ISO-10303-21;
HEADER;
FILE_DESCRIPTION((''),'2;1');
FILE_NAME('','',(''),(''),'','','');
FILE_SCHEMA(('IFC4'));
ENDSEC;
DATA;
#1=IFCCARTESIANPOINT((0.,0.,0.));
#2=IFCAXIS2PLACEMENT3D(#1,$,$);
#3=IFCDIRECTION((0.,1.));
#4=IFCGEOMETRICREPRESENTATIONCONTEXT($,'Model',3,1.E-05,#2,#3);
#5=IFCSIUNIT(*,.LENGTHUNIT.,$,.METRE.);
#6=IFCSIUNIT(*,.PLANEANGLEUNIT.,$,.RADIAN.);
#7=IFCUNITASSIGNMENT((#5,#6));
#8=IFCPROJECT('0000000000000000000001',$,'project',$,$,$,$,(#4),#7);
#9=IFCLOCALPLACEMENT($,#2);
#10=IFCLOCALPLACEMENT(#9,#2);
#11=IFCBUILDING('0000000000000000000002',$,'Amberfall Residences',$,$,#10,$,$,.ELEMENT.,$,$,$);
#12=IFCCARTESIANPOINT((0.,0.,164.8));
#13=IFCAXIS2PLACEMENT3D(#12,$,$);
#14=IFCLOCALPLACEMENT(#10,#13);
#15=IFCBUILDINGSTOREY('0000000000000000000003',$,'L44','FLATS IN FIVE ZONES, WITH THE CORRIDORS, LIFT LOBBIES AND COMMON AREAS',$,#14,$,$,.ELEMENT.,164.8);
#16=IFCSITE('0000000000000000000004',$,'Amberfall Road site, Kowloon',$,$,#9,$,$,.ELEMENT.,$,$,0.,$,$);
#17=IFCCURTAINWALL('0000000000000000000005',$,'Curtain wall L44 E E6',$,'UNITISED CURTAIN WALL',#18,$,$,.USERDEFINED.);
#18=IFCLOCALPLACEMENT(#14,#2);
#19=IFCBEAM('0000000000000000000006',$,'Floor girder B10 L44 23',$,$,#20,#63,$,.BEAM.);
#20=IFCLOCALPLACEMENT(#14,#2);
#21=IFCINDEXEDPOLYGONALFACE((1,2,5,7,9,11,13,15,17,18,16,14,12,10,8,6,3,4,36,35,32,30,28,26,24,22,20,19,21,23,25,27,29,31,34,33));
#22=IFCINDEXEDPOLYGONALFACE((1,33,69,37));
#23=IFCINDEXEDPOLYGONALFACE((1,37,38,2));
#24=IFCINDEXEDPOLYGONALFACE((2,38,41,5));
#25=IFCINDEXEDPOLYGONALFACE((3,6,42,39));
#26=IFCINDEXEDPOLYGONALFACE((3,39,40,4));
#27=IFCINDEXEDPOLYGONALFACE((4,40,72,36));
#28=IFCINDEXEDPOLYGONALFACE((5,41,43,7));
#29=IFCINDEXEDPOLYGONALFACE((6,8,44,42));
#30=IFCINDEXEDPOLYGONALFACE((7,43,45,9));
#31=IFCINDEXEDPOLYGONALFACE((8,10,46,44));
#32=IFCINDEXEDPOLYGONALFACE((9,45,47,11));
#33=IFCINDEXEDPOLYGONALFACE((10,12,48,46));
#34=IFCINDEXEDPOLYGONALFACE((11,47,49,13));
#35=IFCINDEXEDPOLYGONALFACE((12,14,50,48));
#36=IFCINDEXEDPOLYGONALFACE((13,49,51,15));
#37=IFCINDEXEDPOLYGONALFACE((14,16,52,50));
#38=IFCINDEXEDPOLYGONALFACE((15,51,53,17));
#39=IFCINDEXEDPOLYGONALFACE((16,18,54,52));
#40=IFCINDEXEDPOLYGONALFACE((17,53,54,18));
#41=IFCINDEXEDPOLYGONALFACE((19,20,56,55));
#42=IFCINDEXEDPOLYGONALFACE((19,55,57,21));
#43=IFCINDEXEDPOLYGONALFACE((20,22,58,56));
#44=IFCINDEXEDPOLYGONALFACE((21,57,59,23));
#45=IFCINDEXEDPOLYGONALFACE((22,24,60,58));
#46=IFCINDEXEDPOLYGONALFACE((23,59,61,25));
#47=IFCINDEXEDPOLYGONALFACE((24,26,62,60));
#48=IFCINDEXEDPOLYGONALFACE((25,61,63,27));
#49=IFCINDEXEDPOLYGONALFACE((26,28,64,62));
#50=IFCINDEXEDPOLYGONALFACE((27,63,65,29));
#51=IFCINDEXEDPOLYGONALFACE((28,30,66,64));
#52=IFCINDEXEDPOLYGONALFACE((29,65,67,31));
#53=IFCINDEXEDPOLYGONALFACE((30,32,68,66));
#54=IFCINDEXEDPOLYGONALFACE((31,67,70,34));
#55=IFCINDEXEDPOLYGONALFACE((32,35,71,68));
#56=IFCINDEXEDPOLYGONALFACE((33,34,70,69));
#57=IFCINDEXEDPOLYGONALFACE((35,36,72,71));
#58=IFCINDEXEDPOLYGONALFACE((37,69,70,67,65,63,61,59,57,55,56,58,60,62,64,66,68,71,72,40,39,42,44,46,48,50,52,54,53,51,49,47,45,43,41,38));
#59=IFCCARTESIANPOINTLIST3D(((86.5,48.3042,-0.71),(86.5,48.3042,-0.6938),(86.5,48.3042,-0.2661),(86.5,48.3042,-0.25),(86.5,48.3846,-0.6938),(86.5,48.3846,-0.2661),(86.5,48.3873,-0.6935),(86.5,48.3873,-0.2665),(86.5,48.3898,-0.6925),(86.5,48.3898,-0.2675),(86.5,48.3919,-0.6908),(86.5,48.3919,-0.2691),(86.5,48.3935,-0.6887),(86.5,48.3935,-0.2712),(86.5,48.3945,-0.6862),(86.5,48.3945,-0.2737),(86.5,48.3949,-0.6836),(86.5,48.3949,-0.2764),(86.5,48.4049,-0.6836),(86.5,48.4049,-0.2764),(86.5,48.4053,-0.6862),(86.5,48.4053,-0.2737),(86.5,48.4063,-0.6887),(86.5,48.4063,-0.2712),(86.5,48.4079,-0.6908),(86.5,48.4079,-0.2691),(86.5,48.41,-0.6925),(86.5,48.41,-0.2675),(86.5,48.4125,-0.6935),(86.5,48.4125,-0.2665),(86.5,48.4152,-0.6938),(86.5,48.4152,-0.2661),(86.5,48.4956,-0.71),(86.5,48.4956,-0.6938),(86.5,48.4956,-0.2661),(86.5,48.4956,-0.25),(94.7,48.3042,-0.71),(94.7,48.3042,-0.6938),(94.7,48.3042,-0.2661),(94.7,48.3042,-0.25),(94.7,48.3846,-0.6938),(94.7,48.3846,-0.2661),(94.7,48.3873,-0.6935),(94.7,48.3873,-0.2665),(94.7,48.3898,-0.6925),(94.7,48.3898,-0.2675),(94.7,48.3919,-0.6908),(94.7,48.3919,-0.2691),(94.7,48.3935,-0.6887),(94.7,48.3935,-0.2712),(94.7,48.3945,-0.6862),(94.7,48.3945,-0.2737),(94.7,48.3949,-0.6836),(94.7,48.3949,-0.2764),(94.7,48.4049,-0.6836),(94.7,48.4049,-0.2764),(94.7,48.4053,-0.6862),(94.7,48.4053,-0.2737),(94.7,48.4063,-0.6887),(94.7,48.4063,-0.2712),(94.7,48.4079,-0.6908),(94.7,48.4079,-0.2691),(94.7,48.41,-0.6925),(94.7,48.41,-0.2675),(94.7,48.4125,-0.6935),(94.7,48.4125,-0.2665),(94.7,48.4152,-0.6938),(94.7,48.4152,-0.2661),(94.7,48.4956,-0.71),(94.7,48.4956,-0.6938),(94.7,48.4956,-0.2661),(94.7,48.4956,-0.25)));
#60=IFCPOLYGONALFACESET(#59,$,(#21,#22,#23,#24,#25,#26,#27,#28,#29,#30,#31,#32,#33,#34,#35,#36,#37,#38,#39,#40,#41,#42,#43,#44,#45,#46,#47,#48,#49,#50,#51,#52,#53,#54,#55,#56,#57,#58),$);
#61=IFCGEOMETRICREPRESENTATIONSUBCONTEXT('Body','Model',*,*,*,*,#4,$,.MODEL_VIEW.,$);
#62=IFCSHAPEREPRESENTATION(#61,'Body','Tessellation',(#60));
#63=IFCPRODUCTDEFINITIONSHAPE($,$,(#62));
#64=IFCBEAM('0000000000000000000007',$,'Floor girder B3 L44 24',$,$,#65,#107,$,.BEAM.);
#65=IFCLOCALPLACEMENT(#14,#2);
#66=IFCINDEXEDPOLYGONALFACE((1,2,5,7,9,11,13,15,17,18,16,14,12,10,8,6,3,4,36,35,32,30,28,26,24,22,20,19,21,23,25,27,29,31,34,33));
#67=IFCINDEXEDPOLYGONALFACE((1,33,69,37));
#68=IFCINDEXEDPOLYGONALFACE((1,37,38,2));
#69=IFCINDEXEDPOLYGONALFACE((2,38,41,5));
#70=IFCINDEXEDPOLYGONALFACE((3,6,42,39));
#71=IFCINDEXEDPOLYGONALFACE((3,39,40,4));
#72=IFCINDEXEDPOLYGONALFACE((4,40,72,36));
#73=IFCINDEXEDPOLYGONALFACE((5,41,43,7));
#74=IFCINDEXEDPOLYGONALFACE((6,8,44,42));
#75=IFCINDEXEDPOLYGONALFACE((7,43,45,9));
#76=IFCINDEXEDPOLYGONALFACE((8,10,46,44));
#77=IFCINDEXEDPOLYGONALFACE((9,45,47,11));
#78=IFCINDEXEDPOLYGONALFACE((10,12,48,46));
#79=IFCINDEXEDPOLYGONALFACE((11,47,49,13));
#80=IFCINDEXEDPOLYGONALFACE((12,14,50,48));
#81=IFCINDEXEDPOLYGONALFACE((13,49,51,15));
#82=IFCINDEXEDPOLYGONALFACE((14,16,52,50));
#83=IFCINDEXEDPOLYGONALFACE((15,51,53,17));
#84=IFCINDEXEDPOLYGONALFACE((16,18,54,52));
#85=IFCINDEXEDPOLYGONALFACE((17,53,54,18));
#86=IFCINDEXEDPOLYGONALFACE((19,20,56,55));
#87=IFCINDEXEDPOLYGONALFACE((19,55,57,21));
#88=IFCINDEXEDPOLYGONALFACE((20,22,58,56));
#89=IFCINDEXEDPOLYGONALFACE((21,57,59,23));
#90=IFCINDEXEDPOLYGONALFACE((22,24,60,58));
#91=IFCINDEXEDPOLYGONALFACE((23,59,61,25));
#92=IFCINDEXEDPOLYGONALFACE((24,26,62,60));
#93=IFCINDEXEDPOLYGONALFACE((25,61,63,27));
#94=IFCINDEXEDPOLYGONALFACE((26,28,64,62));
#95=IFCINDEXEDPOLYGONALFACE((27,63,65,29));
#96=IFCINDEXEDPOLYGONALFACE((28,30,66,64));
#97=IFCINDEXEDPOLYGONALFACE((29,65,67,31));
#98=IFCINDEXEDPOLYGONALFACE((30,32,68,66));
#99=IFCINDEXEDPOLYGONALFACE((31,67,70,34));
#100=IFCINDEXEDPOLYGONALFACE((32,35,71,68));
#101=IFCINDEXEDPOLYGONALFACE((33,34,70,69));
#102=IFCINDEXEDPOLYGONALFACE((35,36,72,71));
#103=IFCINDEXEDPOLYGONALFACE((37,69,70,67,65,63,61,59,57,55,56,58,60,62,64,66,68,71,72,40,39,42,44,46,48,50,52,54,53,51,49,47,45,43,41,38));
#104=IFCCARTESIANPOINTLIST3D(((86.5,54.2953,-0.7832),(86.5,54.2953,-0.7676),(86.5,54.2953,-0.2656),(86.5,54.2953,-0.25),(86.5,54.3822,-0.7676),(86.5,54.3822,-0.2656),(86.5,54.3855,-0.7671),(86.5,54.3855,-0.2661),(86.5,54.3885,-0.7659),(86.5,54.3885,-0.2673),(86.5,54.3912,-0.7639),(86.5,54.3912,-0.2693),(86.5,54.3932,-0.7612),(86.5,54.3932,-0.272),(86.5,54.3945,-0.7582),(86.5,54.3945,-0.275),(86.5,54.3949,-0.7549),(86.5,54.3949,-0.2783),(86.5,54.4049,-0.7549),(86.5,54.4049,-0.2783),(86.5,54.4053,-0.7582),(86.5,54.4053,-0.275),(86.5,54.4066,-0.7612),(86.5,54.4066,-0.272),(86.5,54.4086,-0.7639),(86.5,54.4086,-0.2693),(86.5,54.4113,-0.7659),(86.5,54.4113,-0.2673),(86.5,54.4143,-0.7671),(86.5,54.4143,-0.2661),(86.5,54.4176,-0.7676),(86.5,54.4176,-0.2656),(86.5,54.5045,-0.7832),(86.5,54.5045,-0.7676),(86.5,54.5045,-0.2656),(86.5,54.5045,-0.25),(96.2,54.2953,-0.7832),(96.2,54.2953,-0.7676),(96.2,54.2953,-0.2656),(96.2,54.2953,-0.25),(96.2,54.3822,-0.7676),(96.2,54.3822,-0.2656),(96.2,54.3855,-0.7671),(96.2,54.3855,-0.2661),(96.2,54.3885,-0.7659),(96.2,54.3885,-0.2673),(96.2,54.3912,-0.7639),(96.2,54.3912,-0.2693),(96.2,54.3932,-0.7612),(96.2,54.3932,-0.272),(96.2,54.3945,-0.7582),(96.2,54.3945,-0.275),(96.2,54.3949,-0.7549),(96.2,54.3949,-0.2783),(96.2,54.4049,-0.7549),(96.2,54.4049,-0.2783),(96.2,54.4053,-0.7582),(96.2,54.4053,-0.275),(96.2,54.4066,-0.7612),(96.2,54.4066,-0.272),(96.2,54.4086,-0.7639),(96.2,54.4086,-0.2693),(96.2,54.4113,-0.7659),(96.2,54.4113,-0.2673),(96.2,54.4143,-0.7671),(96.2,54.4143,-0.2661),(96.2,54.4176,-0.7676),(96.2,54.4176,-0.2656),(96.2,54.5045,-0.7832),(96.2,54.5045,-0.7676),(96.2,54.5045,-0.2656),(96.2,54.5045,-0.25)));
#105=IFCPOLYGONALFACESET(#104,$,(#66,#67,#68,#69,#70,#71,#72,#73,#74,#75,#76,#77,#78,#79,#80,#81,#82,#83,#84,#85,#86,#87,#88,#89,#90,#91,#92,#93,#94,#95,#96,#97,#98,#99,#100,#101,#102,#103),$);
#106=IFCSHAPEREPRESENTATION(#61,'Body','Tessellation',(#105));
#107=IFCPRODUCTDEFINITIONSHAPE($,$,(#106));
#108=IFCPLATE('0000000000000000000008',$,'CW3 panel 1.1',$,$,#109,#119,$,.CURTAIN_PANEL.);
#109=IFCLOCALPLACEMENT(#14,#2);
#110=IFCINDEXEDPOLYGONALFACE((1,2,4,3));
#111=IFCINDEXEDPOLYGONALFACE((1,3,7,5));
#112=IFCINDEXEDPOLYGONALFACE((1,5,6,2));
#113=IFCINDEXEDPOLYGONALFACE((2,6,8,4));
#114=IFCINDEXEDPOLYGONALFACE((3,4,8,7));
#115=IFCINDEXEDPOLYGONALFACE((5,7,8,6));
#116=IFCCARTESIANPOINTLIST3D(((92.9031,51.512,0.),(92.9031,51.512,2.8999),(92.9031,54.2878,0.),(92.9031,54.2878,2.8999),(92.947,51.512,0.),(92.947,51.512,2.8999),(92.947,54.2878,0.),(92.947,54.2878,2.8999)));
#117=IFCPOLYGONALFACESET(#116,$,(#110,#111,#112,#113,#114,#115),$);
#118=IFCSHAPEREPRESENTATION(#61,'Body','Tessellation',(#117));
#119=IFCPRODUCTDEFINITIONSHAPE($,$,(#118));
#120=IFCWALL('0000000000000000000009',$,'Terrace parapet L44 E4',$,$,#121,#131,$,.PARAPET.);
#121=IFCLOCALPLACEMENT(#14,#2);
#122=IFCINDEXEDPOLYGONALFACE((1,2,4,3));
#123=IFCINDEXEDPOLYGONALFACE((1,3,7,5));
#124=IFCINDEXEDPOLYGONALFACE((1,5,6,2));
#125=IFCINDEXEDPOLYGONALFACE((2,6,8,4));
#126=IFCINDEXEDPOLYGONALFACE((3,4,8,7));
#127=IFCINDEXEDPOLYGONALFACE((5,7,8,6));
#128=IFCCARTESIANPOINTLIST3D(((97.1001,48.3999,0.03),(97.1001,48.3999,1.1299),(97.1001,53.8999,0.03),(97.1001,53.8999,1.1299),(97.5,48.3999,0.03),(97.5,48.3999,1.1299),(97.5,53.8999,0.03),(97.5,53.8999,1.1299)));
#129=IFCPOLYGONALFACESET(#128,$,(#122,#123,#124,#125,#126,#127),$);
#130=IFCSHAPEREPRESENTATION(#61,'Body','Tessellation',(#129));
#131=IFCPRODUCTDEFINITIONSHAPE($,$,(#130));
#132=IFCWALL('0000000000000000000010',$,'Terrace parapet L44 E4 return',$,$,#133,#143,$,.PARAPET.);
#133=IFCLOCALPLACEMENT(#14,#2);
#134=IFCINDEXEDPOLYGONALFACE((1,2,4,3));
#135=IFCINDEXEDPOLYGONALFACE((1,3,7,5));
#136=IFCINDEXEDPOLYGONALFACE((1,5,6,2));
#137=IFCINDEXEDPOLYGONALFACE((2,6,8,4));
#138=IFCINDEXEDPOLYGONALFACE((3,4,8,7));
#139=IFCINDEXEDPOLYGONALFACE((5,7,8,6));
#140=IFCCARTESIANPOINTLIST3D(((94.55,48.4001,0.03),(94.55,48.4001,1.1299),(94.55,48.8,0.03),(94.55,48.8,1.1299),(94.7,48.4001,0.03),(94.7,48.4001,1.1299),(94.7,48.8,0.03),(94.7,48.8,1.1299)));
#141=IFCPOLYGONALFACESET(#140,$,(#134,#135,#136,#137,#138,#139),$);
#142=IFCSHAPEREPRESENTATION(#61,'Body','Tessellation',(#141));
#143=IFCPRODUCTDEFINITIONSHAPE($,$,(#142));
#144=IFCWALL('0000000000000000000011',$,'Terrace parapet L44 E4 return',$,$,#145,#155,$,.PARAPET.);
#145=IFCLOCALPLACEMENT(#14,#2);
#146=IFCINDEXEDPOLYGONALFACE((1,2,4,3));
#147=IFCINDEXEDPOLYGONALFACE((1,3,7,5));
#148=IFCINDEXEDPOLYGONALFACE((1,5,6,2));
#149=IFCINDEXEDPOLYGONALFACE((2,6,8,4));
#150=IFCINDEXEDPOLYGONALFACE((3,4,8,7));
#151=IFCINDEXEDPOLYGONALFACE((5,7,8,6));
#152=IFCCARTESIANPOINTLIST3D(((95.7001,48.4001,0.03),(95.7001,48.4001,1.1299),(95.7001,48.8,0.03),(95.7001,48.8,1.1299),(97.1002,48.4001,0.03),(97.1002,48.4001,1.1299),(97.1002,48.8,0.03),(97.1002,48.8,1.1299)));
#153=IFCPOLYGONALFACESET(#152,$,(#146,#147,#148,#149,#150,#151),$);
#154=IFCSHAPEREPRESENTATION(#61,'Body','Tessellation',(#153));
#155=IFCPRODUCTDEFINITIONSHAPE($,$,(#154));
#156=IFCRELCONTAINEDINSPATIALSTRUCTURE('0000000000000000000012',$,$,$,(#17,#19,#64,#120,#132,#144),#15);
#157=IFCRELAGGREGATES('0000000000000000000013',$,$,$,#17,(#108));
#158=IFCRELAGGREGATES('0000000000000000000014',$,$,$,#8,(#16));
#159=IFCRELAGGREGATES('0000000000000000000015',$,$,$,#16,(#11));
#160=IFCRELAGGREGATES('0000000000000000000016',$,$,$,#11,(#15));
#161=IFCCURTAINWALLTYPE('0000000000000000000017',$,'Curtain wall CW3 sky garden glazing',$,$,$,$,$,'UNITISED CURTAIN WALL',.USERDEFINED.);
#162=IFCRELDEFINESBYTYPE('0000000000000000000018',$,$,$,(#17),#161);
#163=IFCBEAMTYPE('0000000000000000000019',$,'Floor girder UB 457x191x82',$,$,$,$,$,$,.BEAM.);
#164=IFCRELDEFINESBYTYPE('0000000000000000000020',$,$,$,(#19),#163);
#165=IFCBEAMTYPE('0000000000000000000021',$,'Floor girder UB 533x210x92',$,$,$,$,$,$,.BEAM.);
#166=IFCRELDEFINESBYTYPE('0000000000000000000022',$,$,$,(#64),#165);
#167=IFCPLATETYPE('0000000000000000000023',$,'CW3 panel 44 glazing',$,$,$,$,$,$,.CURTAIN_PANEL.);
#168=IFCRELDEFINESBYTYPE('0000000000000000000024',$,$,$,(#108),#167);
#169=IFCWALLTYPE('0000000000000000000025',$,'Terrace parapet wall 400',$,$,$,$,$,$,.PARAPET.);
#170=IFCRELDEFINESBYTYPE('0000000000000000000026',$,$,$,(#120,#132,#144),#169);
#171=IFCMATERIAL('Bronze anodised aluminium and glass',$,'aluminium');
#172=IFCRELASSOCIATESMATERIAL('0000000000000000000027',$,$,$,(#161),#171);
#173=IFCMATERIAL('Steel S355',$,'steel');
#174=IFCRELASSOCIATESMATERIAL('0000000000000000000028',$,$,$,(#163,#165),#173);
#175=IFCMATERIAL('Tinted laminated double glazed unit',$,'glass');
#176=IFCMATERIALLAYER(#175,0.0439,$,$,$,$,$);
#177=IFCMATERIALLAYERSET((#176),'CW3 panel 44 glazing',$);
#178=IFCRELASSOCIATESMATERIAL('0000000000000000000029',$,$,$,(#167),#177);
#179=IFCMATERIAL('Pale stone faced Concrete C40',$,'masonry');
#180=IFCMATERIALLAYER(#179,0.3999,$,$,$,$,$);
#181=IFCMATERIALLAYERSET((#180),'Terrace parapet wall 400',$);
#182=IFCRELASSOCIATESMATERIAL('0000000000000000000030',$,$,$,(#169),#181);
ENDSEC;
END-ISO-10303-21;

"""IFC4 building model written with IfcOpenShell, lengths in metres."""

from ifc_helpers import new_model, si_unit, direction, frame, frame_2d, origin, origin_2d, place, context, subcontext, project, spatial, rectangle, i_section, extrude, material, layer, layer_set, material_profile, profile_set, type_object, element, aggregate, save


model = new_model("IFC4")

# Units and contexts
model_context = context("Model", 3, precision=1e-05, world=origin(), true_north=direction((0.0, 1.0)))
body_context = subcontext(model_context, "Body", "Model", "MODEL_VIEW")
ifc_project = project(units=[si_unit("LENGTHUNIT", "METRE"), si_unit("PLANEANGLEUNIT", "RADIAN")], contexts=[model_context])

# Site, building, storey
site_placement = place(None, origin())
site = spatial("IfcSite", under=ifc_project, at=site_placement, Name="Amberfall Road site, Kowloon", CompositionType="ELEMENT", RefElevation=0.0)
building_placement = place(site_placement, origin())
building = spatial("IfcBuilding", under=site, at=building_placement, Name="Amberfall Residences", CompositionType="ELEMENT")
storey_placement = place(building_placement, frame((0.0, 0.0, 164.8)))
storey = spatial("IfcBuildingStorey", under=building, at=storey_placement, Name="L44", Description="FLATS IN FIVE ZONES, WITH THE CORRIDORS, LIFT LOBBIES AND COMMON AREAS", CompositionType="ELEMENT", Elevation=164.8)

# Curtain wall
ifc_material_1 = material(Name="Bronze anodised aluminium and glass", Category="aluminium")
curtain_wall_type = type_object("IfcCurtainWallType", Name="Curtain wall CW3 sky garden glazing", ElementType="UNITISED CURTAIN WALL", PredefinedType="USERDEFINED", material=ifc_material_1)
curtain_wall_placement = place(storey_placement, origin())
curtain_wall = element("IfcCurtainWall", 1, at=curtain_wall_placement, inside=storey, type_object=curtain_wall_type, Name="Curtain wall L44 E E6", ObjectType="UNITISED CURTAIN WALL", PredefinedType="USERDEFINED")

# Beams
ifc_material_2 = material(Name="Steel S355", Category="steel")
ifc_material_profile_1 = material_profile(ifc_material_2, i_section(OverallWidth=0.1914, OverallDepth=0.46, WebThickness=0.01, FlangeThickness=0.0161, FilletRadius=0.0103, at=origin_2d()), Name="UB 457x191x82")
ifc_profile_set_1 = profile_set([ifc_material_profile_1], Name="Steel S355")
beam_type_1 = type_object("IfcBeamType", Name="Floor girder UB 457x191x82", PredefinedType="BEAM", material=ifc_profile_set_1)
beam_1_placement = place(storey_placement, frame((94.7, 48.3999, -0.48), z_axis=(-1.0, 0.0, 0.0), x_axis=(0.0, -1.0, 0.0)))
element("IfcBeam", 2, at=beam_1_placement, inside=storey, type_object=beam_type_1, Name="Floor girder B10 L44 23", PredefinedType="BEAM", context=body_context, shape_type="SweptSolid", body=[
    extrude(i_section(OverallWidth=0.1914, OverallDepth=0.46, WebThickness=0.01, FlangeThickness=0.0161, FilletRadius=0.0103, at=origin_2d()), origin(), (0.0, 0.0, 1.0), 8.2),
])
ifc_material_profile_2 = material_profile(ifc_material_2, i_section(OverallWidth=0.2092, OverallDepth=0.5332, WebThickness=0.01, FlangeThickness=0.0156, FilletRadius=0.0127, at=origin_2d()), Name="UB 533x210x92")
ifc_profile_set_2 = profile_set([ifc_material_profile_2], Name="Steel S355")
beam_type_2 = type_object("IfcBeamType", Name="Floor girder UB 533x210x92", PredefinedType="BEAM", material=ifc_profile_set_2)
beam_2_placement = place(storey_placement, frame((96.2, 54.3999, -0.5166), z_axis=(-1.0, 0.0, 0.0), x_axis=(0.0, -1.0, 0.0)))
element("IfcBeam", 3, at=beam_2_placement, inside=storey, type_object=beam_type_2, Name="Floor girder B3 L44 24", PredefinedType="BEAM", context=body_context, shape_type="SweptSolid", body=[
    extrude(i_section(OverallWidth=0.2092, OverallDepth=0.5332, WebThickness=0.01, FlangeThickness=0.0156, FilletRadius=0.0127, at=origin_2d()), origin(), (0.0, 0.0, 1.0), 9.7),
])

# Plate
ifc_material_3 = material(Name="Tinted laminated double glazed unit", Category="glass")
ifc_layer_1 = layer(ifc_material_3, 0.0439)
ifc_layer_set_1 = layer_set([ifc_layer_1], Name="CW3 panel 44 glazing")
plate_type = type_object("IfcPlateType", Name="CW3 panel 44 glazing", PredefinedType="CURTAIN_PANEL", material=ifc_layer_set_1)
plate_placement = place(storey_placement, frame((92.925, 52.8999, 0.0), z_axis=(0.0, 0.0, 1.0), x_axis=(0.0, 1.0, 0.0)))
plate = element("IfcPlate", 4, at=plate_placement, type_object=plate_type, Name="CW3 panel 1.1", PredefinedType="CURTAIN_PANEL", context=body_context, shape_type="SweptSolid", body=[
    extrude(rectangle(XDim=2.7759, YDim=0.0439, at=origin_2d()), origin(), (0.0, 0.0, 1.0), 2.8999),
])
aggregate(curtain_wall, [plate])

# Walls
ifc_material_4 = material(Name="Pale stone faced Concrete C40", Category="masonry")
ifc_layer_2 = layer(ifc_material_4, 0.3999)
ifc_layer_set_2 = layer_set([ifc_layer_2], Name="Terrace parapet wall 400")
wall_type_1 = type_object("IfcWallType", Name="Terrace parapet wall 400", PredefinedType="PARAPET", material=ifc_layer_set_2)
wall_1_placement = place(storey_placement, frame((97.3, 48.3999, 0.03), z_axis=(0.0, 0.0, 1.0), x_axis=(0.0, 1.0, 0.0)))
element("IfcWall", 5, at=wall_1_placement, inside=storey, type_object=wall_type_1, Name="Terrace parapet L44 E4", PredefinedType="PARAPET", context=body_context, shape_type="SweptSolid", body=[
    extrude(rectangle(XDim=5.5, YDim=0.3999, at=frame_2d((2.75, 0.0))), origin(), (0.0, 0.0, 1.0), 1.0999),
])
wall_2_placement = place(storey_placement, frame((94.55, 48.6001, 0.03), z_axis=(0.0, 0.0, 1.0), x_axis=(1.0, 0.0, 0.0)))
element("IfcWall", 6, at=wall_2_placement, inside=storey, type_object=wall_type_1, Name="Terrace parapet L44 E4 return", PredefinedType="PARAPET", context=body_context, shape_type="SweptSolid", body=[
    extrude(rectangle(XDim=0.1499, YDim=0.3999, at=frame_2d((0.075, 0.0))), origin(), (0.0, 0.0, 1.0), 1.0999),
])
wall_3_placement = place(storey_placement, frame((95.7, 48.6001, 0.03), z_axis=(0.0, 0.0, 1.0), x_axis=(1.0, 0.0, 0.0)))
element("IfcWall", 7, at=wall_3_placement, inside=storey, type_object=wall_type_1, Name="Terrace parapet L44 E4 return", PredefinedType="PARAPET", context=body_context, shape_type="SweptSolid", body=[
    extrude(rectangle(XDim=1.4001, YDim=0.3999, at=frame_2d((0.7002, 0.0))), origin(), (0.0, 0.0, 1.0), 1.0999),
])

save(model, "model.ifc")
